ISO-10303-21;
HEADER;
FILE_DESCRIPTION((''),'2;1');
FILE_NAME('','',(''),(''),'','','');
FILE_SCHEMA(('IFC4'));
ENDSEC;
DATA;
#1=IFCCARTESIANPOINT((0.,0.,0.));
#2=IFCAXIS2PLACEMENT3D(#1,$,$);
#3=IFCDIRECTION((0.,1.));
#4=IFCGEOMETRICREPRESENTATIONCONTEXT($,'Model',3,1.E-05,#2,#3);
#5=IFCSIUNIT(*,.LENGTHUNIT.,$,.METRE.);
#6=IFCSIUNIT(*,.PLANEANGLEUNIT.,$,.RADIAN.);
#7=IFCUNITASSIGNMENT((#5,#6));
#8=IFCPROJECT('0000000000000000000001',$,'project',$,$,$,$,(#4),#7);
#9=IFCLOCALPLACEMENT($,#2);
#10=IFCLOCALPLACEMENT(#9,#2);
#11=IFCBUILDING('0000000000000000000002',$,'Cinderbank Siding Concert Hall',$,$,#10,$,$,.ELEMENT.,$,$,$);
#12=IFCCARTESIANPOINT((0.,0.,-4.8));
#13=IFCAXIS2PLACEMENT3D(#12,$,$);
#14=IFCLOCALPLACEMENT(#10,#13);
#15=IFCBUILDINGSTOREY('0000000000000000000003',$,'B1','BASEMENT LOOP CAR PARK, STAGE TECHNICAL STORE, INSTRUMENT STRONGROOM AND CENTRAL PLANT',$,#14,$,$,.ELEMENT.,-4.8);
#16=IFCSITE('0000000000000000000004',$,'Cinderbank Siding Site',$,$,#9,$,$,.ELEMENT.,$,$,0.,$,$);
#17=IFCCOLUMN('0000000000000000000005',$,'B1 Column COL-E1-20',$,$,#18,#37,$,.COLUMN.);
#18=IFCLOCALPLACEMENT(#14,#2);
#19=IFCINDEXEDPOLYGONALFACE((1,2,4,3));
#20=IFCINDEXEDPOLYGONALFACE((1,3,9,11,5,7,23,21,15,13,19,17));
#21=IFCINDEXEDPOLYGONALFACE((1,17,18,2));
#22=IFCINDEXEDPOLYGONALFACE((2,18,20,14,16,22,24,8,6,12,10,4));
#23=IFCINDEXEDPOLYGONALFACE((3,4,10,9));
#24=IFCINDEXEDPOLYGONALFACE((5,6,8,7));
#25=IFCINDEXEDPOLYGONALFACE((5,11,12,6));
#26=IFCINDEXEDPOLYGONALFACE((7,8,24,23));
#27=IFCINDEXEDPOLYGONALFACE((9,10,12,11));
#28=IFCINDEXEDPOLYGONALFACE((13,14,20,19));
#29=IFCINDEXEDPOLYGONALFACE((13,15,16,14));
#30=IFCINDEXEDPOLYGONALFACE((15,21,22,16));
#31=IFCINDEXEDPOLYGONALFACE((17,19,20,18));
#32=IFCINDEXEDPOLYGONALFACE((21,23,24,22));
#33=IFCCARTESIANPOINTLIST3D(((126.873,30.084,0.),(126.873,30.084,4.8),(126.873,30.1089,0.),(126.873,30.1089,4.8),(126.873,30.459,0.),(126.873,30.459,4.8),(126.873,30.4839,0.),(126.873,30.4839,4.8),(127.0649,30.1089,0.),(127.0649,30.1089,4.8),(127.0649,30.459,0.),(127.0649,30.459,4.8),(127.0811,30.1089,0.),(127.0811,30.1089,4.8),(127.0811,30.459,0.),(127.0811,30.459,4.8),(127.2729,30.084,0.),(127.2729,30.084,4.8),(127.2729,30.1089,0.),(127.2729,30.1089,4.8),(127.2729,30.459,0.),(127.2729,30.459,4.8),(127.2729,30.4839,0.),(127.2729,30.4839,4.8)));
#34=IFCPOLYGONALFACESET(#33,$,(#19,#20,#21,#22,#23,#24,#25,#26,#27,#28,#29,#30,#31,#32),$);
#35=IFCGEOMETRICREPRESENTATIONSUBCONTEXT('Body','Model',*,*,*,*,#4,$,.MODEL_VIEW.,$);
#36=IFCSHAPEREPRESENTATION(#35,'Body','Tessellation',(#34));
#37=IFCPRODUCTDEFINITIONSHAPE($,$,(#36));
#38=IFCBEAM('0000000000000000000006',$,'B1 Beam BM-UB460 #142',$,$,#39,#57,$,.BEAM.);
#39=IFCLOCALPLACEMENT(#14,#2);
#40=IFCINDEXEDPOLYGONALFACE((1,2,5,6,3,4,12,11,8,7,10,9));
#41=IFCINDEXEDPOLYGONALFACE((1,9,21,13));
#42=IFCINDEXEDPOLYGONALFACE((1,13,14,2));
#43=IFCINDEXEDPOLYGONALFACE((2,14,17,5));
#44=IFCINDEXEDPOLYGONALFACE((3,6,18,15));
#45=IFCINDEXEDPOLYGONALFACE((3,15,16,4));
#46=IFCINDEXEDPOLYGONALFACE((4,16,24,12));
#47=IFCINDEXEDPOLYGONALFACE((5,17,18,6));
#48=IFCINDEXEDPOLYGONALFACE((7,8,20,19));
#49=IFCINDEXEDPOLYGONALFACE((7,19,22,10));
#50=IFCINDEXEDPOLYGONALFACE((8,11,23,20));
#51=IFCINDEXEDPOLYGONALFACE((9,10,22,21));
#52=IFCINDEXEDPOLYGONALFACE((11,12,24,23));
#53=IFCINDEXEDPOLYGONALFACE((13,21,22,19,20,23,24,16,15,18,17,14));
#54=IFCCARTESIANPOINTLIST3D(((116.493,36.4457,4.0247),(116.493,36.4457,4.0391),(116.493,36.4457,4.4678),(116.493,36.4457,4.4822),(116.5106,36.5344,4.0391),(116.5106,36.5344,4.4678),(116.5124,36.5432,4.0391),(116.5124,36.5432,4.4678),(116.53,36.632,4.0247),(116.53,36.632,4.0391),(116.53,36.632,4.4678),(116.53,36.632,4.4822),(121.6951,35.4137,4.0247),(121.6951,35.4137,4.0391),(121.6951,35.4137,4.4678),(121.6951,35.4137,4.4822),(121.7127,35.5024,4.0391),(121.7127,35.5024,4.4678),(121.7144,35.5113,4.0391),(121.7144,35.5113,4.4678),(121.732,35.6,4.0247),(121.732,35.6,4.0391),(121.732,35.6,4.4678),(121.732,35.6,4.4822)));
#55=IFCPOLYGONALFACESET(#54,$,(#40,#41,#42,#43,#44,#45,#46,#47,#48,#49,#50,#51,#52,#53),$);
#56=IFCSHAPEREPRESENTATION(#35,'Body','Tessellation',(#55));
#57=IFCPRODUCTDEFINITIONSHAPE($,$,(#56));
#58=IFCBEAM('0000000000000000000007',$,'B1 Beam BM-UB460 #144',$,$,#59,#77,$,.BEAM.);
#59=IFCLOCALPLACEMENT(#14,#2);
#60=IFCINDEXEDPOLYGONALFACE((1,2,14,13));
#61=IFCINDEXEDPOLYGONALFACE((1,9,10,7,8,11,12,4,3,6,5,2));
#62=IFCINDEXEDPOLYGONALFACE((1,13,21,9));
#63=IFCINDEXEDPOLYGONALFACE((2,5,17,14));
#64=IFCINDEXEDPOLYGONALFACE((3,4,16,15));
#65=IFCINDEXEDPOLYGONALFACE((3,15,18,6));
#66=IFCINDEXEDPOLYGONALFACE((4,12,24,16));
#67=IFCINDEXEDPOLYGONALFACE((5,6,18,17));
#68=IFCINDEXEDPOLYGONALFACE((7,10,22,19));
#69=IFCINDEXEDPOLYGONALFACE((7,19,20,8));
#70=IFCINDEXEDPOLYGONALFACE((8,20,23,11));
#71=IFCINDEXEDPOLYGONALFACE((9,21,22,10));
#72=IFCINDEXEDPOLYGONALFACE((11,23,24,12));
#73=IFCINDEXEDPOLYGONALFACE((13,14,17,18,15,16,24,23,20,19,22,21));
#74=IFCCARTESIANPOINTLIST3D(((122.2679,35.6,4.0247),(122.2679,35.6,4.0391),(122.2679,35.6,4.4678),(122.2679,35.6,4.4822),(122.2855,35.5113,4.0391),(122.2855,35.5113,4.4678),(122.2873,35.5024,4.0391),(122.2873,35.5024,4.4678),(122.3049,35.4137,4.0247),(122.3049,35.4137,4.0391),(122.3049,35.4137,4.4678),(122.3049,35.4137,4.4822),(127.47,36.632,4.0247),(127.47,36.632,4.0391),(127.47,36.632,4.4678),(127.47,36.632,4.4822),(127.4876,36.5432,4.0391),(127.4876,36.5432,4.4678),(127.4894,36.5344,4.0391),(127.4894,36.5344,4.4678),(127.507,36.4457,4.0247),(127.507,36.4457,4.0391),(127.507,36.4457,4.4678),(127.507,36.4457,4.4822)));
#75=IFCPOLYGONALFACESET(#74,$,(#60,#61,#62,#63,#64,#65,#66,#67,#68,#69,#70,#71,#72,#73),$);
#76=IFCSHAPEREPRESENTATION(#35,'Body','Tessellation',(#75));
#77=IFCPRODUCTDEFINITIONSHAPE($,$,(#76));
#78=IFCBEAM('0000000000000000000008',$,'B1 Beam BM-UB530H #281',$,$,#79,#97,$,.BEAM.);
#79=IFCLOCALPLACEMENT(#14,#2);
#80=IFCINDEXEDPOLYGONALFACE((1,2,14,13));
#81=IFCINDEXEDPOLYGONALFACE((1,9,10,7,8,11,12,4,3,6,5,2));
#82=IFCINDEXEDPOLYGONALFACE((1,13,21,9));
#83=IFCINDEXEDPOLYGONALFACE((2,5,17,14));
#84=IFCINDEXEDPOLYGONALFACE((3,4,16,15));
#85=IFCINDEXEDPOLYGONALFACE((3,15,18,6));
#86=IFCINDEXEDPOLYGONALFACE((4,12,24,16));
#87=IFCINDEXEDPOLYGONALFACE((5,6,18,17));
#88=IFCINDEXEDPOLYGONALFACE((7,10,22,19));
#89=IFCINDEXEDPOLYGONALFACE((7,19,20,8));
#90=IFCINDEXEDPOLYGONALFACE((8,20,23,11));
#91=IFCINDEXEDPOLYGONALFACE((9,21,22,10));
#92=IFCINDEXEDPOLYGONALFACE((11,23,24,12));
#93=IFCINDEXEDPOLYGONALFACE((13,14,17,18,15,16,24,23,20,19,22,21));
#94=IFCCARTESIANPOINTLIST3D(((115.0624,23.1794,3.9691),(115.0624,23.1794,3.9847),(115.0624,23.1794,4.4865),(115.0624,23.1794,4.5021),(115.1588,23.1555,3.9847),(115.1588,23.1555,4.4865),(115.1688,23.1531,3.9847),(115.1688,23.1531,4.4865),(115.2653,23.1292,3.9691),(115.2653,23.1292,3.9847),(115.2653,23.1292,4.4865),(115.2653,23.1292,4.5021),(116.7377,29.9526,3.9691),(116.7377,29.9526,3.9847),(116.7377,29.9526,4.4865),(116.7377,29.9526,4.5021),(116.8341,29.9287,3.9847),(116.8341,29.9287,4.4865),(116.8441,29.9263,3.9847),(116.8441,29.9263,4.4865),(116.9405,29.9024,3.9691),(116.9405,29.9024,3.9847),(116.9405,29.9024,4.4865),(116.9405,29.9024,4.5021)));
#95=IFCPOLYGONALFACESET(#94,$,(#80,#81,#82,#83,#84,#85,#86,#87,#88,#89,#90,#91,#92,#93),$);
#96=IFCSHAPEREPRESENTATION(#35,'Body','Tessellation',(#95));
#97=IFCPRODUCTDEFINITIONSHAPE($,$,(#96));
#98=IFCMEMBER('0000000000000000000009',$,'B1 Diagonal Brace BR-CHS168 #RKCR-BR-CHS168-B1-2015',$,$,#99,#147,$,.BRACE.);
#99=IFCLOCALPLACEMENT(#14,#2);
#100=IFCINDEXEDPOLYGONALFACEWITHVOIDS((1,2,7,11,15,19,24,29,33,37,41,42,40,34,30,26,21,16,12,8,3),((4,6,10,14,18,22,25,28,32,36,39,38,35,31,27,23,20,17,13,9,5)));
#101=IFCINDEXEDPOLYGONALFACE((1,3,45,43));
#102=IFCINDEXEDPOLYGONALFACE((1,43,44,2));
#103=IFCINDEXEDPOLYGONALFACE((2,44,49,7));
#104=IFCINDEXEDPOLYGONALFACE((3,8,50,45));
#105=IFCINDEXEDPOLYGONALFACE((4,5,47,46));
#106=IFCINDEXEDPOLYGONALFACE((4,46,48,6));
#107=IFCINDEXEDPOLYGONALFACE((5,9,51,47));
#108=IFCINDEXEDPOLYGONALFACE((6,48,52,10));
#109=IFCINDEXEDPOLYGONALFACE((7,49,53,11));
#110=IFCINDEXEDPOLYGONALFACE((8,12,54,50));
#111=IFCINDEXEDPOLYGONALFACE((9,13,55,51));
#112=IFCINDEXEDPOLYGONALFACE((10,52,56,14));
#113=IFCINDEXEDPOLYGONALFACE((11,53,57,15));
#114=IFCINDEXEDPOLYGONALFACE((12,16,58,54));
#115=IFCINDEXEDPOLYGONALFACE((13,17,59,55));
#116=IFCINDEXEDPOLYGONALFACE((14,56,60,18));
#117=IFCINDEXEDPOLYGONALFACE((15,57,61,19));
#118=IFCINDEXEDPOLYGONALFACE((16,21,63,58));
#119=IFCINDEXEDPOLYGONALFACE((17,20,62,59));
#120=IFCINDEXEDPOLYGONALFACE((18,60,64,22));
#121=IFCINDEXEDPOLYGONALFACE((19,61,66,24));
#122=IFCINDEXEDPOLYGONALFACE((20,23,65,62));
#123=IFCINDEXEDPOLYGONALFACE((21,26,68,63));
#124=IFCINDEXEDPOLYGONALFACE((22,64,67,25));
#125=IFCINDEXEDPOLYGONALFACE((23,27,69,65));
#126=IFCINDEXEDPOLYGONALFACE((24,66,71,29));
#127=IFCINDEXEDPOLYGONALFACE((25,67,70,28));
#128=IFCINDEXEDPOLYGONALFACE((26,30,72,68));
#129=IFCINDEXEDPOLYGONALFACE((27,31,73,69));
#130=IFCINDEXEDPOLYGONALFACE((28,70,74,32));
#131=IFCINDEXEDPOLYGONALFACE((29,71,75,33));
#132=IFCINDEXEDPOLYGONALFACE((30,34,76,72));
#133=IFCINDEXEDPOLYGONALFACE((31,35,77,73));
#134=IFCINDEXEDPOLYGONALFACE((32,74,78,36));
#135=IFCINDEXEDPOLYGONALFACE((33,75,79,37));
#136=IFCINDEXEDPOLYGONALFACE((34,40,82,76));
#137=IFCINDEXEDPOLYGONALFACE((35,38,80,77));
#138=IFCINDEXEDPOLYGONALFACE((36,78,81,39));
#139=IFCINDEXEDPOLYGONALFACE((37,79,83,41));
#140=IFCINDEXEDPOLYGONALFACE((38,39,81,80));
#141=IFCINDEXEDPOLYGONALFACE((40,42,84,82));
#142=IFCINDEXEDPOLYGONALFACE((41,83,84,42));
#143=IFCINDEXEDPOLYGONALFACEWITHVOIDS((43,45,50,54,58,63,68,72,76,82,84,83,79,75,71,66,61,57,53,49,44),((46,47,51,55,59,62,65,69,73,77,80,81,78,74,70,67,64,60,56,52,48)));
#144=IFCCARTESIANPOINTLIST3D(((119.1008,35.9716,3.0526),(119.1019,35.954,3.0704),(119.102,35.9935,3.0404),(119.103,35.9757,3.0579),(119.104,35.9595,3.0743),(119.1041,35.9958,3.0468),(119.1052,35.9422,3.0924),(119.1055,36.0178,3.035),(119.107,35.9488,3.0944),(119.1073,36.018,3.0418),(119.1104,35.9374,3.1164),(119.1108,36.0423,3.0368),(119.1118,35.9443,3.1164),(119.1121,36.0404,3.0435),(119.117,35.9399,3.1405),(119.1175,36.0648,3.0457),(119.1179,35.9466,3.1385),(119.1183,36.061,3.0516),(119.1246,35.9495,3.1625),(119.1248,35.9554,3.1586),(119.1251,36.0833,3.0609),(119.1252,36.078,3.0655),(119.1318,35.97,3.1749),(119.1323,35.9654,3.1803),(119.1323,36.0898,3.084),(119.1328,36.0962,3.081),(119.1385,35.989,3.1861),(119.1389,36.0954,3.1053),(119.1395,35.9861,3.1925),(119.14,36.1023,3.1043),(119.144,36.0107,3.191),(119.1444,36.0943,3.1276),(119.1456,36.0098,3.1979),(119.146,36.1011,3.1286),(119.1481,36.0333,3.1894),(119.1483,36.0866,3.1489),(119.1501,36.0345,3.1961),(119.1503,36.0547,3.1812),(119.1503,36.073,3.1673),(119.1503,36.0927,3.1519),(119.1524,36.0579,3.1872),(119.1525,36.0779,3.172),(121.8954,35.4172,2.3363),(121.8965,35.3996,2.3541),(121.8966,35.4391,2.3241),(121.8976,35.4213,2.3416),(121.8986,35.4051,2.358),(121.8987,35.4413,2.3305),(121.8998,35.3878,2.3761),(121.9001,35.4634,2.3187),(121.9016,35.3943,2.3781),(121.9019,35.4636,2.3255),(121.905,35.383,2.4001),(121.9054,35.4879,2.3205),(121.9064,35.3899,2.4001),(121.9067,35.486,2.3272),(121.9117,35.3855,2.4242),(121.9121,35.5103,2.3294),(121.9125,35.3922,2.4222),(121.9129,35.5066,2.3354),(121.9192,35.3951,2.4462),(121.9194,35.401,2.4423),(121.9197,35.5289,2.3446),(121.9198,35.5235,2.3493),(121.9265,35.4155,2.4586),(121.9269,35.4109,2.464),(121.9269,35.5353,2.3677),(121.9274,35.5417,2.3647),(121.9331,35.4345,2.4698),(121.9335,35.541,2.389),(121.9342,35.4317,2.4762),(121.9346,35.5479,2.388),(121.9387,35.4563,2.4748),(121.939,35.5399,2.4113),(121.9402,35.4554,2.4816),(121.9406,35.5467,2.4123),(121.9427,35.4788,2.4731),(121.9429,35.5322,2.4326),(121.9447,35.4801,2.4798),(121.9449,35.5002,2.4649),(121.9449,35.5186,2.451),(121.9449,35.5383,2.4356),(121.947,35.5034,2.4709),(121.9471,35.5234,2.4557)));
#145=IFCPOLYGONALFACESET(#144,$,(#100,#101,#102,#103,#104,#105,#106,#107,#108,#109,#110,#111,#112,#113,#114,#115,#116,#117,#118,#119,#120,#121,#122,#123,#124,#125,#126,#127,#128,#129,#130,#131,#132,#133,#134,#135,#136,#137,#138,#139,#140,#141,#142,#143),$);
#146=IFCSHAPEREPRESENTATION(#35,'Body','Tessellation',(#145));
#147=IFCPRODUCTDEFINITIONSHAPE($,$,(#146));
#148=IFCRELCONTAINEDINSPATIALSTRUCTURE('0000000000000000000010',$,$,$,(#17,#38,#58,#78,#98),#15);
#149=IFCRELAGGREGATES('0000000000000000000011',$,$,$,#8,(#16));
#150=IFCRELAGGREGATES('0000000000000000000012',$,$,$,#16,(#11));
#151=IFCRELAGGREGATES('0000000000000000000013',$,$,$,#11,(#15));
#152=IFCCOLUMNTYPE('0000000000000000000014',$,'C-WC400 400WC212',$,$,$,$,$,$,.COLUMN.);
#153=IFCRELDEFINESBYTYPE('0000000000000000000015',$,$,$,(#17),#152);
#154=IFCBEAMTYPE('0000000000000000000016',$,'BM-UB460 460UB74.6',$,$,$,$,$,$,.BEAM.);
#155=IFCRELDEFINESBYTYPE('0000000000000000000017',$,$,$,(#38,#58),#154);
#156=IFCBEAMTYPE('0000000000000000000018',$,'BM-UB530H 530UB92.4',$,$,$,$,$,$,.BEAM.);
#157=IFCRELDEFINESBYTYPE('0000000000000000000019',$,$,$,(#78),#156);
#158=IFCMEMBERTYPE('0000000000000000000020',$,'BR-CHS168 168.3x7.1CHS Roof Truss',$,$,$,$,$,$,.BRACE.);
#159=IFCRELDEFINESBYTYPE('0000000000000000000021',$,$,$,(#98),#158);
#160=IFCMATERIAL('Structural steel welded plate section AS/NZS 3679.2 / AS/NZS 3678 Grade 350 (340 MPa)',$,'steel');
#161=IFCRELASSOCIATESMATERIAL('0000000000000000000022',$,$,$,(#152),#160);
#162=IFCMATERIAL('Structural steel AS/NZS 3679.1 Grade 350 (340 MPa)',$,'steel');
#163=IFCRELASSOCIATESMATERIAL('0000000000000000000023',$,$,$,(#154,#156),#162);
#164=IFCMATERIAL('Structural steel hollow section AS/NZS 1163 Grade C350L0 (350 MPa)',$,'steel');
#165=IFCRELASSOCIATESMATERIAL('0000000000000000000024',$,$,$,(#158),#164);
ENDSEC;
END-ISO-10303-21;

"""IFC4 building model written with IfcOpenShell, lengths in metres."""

from ifc_helpers import new_model, si_unit, direction, frame, origin, origin_2d, place, context, subcontext, project, spatial, hollow_circle, i_section, extrude, material, material_profile, profile_set, type_object, element, save


model = new_model("IFC4")

# Units and contexts
model_context = context("Model", 3, precision=1e-05, world=origin(), true_north=direction((0.0, 1.0)))
body_context = subcontext(model_context, "Body", "Model", "MODEL_VIEW")
ifc_project = project(units=[si_unit("LENGTHUNIT", "METRE"), si_unit("PLANEANGLEUNIT", "RADIAN")], contexts=[model_context])

# Site, building, storey
site_placement = place(None, origin())
site = spatial("IfcSite", under=ifc_project, at=site_placement, Name="Cinderbank Siding Site", CompositionType="ELEMENT", RefElevation=0.0)
building_placement = place(site_placement, origin())
building = spatial("IfcBuilding", under=site, at=building_placement, Name="Cinderbank Siding Concert Hall", CompositionType="ELEMENT")
storey_placement = place(building_placement, frame((0.0, 0.0, -4.8)))
storey = spatial("IfcBuildingStorey", under=building, at=storey_placement, Name="B1", Description="BASEMENT LOOP CAR PARK, STAGE TECHNICAL STORE, INSTRUMENT STRONGROOM AND CENTRAL PLANT", CompositionType="ELEMENT", Elevation=-4.8)

# Column
ifc_material_1 = material(Name="Structural steel welded plate section AS/NZS 3679.2 / AS/NZS 3678 Grade 350 (340 MPa)", Category="steel")
ifc_material_profile_1 = material_profile(ifc_material_1, i_section(OverallWidth=0.3999, OverallDepth=0.3999, WebThickness=0.0161, FlangeThickness=0.0249, at=origin_2d()), Name="400WC212", Category="LoadBearing")
ifc_profile_set_1 = profile_set([ifc_material_profile_1], Name="Structural steel welded plate section AS/NZS 3679.2 / AS/NZS 3678 Grade 350 (340 MPa)")
column_type_1 = type_object("IfcColumnType", Name="C-WC400 400WC212", PredefinedType="COLUMN", material=ifc_profile_set_1)
column_1_placement = place(storey_placement, frame((127.073, 30.2839, 0.0), z_axis=(0.0, 0.0, 1.0), x_axis=(1.0, 0.0, 0.0)))
element("IfcColumn", 1, at=column_1_placement, inside=storey, type_object=column_type_1, Name="B1 Column COL-E1-20", PredefinedType="COLUMN", context=body_context, shape_type="SweptSolid", body=[
    extrude(i_section(OverallWidth=0.3999, OverallDepth=0.3999, WebThickness=0.0161, FlangeThickness=0.0249, at=origin_2d()), origin(), (0.0, 0.0, 1.0), 4.8),
])

# Beams
ifc_material_2 = material(Name="Structural steel AS/NZS 3679.1 Grade 350 (340 MPa)", Category="steel")
ifc_material_profile_2 = material_profile(ifc_material_2, i_section(OverallWidth=0.1899, OverallDepth=0.4575, WebThickness=0.009, FlangeThickness=0.0144, at=origin_2d()), Name="460UB74.6", Category="LoadBearing")
ifc_profile_set_2 = profile_set([ifc_material_profile_2], Name="Structural steel AS/NZS 3679.1 Grade 350 (340 MPa)")
beam_type_1 = type_object("IfcBeamType", Name="BM-UB460 460UB74.6", PredefinedType="BEAM", material=ifc_profile_set_2)
for number, where, z_axis, x_axis, name in (
    (2, (116.5115, 36.5388, 4.2534), (0.980886, -0.194584, 0.0), (0.194584, 0.980886, 0.0), "B1 Beam BM-UB460 #142"),
    (3, (122.2864, 35.5068, 4.2534), (0.980886, 0.194584, 0.0), (-0.194584, 0.980886, 0.0), "B1 Beam BM-UB460 #144"),
):
    element("IfcBeam", number, at=place(storey_placement, frame(where, z_axis=z_axis, x_axis=x_axis)), inside=storey, type_object=beam_type_1, Name=name, PredefinedType="BEAM", context=body_context, shape_type="SweptSolid", body=[
        extrude(i_section(OverallWidth=0.1899, OverallDepth=0.4575, WebThickness=0.009, FlangeThickness=0.0144, at=origin_2d()), origin(), (0.0, 0.0, 1.0), 5.3035),
    ])
ifc_material_profile_3 = material_profile(ifc_material_2, i_section(OverallWidth=0.209, OverallDepth=0.533, WebThickness=0.0103, FlangeThickness=0.0156, at=origin_2d()), Name="530UB92.4", Category="LoadBearing")
ifc_profile_set_3 = profile_set([ifc_material_profile_3], Name="Structural steel AS/NZS 3679.1 Grade 350 (340 MPa)")
beam_type_2 = type_object("IfcBeamType", Name="BM-UB530H 530UB92.4", PredefinedType="BEAM", material=ifc_profile_set_3)
beam_placement = place(storey_placement, frame((116.8391, 29.9275, 4.2356), z_axis=(-0.240106, -0.970747, 0.0), x_axis=(0.970747, -0.240106, 0.0)))
element("IfcBeam", 4, at=beam_placement, inside=storey, type_object=beam_type_2, Name="B1 Beam BM-UB530H #281", PredefinedType="BEAM", context=body_context, shape_type="SweptSolid", body=[
    extrude(i_section(OverallWidth=0.209, OverallDepth=0.533, WebThickness=0.0103, FlangeThickness=0.0156, at=origin_2d()), origin(), (0.0, 0.0, 1.0), 6.9773),
])

# Member
ifc_material_3 = material(Name="Structural steel hollow section AS/NZS 1163 Grade C350L0 (350 MPa)", Category="steel")
ifc_material_profile_4 = material_profile(ifc_material_3, hollow_circle(Radius=0.0842, WallThickness=0.0071, at=origin_2d()), Name="168.3x7.1CHS", Category="LoadBearing")
ifc_profile_set_4 = profile_set([ifc_material_profile_4], Name="Structural steel hollow section AS/NZS 1163 Grade C350L0 (350 MPa)")
member_type_1 = type_object("IfcMemberType", Name="BR-CHS168 168.3x7.1CHS Roof Truss", PredefinedType="BRACE", material=ifc_profile_set_4)
for number, where, z_axis, x_axis, name in (
    (5, (121.9214, 35.4656, 2.4001), (-0.951279, 0.188727, 0.243824), (-0.1946, -0.980883, 0.0), "B1 Diagonal Brace BR-CHS168 #RKCR-BR-CHS168-B1-2015"),
):
    element("IfcMember", number, at=place(storey_placement, frame(where, z_axis=z_axis, x_axis=x_axis)), inside=storey, type_object=member_type_1, Name=name, PredefinedType="BRACE", context=body_context, shape_type="SweptSolid", body=[
        extrude(hollow_circle(Radius=0.0842, WallThickness=0.0071, at=origin_2d()), origin(), (0.0, 0.0, 1.0), 2.9377),
    ])

save(model, "model.ifc")
